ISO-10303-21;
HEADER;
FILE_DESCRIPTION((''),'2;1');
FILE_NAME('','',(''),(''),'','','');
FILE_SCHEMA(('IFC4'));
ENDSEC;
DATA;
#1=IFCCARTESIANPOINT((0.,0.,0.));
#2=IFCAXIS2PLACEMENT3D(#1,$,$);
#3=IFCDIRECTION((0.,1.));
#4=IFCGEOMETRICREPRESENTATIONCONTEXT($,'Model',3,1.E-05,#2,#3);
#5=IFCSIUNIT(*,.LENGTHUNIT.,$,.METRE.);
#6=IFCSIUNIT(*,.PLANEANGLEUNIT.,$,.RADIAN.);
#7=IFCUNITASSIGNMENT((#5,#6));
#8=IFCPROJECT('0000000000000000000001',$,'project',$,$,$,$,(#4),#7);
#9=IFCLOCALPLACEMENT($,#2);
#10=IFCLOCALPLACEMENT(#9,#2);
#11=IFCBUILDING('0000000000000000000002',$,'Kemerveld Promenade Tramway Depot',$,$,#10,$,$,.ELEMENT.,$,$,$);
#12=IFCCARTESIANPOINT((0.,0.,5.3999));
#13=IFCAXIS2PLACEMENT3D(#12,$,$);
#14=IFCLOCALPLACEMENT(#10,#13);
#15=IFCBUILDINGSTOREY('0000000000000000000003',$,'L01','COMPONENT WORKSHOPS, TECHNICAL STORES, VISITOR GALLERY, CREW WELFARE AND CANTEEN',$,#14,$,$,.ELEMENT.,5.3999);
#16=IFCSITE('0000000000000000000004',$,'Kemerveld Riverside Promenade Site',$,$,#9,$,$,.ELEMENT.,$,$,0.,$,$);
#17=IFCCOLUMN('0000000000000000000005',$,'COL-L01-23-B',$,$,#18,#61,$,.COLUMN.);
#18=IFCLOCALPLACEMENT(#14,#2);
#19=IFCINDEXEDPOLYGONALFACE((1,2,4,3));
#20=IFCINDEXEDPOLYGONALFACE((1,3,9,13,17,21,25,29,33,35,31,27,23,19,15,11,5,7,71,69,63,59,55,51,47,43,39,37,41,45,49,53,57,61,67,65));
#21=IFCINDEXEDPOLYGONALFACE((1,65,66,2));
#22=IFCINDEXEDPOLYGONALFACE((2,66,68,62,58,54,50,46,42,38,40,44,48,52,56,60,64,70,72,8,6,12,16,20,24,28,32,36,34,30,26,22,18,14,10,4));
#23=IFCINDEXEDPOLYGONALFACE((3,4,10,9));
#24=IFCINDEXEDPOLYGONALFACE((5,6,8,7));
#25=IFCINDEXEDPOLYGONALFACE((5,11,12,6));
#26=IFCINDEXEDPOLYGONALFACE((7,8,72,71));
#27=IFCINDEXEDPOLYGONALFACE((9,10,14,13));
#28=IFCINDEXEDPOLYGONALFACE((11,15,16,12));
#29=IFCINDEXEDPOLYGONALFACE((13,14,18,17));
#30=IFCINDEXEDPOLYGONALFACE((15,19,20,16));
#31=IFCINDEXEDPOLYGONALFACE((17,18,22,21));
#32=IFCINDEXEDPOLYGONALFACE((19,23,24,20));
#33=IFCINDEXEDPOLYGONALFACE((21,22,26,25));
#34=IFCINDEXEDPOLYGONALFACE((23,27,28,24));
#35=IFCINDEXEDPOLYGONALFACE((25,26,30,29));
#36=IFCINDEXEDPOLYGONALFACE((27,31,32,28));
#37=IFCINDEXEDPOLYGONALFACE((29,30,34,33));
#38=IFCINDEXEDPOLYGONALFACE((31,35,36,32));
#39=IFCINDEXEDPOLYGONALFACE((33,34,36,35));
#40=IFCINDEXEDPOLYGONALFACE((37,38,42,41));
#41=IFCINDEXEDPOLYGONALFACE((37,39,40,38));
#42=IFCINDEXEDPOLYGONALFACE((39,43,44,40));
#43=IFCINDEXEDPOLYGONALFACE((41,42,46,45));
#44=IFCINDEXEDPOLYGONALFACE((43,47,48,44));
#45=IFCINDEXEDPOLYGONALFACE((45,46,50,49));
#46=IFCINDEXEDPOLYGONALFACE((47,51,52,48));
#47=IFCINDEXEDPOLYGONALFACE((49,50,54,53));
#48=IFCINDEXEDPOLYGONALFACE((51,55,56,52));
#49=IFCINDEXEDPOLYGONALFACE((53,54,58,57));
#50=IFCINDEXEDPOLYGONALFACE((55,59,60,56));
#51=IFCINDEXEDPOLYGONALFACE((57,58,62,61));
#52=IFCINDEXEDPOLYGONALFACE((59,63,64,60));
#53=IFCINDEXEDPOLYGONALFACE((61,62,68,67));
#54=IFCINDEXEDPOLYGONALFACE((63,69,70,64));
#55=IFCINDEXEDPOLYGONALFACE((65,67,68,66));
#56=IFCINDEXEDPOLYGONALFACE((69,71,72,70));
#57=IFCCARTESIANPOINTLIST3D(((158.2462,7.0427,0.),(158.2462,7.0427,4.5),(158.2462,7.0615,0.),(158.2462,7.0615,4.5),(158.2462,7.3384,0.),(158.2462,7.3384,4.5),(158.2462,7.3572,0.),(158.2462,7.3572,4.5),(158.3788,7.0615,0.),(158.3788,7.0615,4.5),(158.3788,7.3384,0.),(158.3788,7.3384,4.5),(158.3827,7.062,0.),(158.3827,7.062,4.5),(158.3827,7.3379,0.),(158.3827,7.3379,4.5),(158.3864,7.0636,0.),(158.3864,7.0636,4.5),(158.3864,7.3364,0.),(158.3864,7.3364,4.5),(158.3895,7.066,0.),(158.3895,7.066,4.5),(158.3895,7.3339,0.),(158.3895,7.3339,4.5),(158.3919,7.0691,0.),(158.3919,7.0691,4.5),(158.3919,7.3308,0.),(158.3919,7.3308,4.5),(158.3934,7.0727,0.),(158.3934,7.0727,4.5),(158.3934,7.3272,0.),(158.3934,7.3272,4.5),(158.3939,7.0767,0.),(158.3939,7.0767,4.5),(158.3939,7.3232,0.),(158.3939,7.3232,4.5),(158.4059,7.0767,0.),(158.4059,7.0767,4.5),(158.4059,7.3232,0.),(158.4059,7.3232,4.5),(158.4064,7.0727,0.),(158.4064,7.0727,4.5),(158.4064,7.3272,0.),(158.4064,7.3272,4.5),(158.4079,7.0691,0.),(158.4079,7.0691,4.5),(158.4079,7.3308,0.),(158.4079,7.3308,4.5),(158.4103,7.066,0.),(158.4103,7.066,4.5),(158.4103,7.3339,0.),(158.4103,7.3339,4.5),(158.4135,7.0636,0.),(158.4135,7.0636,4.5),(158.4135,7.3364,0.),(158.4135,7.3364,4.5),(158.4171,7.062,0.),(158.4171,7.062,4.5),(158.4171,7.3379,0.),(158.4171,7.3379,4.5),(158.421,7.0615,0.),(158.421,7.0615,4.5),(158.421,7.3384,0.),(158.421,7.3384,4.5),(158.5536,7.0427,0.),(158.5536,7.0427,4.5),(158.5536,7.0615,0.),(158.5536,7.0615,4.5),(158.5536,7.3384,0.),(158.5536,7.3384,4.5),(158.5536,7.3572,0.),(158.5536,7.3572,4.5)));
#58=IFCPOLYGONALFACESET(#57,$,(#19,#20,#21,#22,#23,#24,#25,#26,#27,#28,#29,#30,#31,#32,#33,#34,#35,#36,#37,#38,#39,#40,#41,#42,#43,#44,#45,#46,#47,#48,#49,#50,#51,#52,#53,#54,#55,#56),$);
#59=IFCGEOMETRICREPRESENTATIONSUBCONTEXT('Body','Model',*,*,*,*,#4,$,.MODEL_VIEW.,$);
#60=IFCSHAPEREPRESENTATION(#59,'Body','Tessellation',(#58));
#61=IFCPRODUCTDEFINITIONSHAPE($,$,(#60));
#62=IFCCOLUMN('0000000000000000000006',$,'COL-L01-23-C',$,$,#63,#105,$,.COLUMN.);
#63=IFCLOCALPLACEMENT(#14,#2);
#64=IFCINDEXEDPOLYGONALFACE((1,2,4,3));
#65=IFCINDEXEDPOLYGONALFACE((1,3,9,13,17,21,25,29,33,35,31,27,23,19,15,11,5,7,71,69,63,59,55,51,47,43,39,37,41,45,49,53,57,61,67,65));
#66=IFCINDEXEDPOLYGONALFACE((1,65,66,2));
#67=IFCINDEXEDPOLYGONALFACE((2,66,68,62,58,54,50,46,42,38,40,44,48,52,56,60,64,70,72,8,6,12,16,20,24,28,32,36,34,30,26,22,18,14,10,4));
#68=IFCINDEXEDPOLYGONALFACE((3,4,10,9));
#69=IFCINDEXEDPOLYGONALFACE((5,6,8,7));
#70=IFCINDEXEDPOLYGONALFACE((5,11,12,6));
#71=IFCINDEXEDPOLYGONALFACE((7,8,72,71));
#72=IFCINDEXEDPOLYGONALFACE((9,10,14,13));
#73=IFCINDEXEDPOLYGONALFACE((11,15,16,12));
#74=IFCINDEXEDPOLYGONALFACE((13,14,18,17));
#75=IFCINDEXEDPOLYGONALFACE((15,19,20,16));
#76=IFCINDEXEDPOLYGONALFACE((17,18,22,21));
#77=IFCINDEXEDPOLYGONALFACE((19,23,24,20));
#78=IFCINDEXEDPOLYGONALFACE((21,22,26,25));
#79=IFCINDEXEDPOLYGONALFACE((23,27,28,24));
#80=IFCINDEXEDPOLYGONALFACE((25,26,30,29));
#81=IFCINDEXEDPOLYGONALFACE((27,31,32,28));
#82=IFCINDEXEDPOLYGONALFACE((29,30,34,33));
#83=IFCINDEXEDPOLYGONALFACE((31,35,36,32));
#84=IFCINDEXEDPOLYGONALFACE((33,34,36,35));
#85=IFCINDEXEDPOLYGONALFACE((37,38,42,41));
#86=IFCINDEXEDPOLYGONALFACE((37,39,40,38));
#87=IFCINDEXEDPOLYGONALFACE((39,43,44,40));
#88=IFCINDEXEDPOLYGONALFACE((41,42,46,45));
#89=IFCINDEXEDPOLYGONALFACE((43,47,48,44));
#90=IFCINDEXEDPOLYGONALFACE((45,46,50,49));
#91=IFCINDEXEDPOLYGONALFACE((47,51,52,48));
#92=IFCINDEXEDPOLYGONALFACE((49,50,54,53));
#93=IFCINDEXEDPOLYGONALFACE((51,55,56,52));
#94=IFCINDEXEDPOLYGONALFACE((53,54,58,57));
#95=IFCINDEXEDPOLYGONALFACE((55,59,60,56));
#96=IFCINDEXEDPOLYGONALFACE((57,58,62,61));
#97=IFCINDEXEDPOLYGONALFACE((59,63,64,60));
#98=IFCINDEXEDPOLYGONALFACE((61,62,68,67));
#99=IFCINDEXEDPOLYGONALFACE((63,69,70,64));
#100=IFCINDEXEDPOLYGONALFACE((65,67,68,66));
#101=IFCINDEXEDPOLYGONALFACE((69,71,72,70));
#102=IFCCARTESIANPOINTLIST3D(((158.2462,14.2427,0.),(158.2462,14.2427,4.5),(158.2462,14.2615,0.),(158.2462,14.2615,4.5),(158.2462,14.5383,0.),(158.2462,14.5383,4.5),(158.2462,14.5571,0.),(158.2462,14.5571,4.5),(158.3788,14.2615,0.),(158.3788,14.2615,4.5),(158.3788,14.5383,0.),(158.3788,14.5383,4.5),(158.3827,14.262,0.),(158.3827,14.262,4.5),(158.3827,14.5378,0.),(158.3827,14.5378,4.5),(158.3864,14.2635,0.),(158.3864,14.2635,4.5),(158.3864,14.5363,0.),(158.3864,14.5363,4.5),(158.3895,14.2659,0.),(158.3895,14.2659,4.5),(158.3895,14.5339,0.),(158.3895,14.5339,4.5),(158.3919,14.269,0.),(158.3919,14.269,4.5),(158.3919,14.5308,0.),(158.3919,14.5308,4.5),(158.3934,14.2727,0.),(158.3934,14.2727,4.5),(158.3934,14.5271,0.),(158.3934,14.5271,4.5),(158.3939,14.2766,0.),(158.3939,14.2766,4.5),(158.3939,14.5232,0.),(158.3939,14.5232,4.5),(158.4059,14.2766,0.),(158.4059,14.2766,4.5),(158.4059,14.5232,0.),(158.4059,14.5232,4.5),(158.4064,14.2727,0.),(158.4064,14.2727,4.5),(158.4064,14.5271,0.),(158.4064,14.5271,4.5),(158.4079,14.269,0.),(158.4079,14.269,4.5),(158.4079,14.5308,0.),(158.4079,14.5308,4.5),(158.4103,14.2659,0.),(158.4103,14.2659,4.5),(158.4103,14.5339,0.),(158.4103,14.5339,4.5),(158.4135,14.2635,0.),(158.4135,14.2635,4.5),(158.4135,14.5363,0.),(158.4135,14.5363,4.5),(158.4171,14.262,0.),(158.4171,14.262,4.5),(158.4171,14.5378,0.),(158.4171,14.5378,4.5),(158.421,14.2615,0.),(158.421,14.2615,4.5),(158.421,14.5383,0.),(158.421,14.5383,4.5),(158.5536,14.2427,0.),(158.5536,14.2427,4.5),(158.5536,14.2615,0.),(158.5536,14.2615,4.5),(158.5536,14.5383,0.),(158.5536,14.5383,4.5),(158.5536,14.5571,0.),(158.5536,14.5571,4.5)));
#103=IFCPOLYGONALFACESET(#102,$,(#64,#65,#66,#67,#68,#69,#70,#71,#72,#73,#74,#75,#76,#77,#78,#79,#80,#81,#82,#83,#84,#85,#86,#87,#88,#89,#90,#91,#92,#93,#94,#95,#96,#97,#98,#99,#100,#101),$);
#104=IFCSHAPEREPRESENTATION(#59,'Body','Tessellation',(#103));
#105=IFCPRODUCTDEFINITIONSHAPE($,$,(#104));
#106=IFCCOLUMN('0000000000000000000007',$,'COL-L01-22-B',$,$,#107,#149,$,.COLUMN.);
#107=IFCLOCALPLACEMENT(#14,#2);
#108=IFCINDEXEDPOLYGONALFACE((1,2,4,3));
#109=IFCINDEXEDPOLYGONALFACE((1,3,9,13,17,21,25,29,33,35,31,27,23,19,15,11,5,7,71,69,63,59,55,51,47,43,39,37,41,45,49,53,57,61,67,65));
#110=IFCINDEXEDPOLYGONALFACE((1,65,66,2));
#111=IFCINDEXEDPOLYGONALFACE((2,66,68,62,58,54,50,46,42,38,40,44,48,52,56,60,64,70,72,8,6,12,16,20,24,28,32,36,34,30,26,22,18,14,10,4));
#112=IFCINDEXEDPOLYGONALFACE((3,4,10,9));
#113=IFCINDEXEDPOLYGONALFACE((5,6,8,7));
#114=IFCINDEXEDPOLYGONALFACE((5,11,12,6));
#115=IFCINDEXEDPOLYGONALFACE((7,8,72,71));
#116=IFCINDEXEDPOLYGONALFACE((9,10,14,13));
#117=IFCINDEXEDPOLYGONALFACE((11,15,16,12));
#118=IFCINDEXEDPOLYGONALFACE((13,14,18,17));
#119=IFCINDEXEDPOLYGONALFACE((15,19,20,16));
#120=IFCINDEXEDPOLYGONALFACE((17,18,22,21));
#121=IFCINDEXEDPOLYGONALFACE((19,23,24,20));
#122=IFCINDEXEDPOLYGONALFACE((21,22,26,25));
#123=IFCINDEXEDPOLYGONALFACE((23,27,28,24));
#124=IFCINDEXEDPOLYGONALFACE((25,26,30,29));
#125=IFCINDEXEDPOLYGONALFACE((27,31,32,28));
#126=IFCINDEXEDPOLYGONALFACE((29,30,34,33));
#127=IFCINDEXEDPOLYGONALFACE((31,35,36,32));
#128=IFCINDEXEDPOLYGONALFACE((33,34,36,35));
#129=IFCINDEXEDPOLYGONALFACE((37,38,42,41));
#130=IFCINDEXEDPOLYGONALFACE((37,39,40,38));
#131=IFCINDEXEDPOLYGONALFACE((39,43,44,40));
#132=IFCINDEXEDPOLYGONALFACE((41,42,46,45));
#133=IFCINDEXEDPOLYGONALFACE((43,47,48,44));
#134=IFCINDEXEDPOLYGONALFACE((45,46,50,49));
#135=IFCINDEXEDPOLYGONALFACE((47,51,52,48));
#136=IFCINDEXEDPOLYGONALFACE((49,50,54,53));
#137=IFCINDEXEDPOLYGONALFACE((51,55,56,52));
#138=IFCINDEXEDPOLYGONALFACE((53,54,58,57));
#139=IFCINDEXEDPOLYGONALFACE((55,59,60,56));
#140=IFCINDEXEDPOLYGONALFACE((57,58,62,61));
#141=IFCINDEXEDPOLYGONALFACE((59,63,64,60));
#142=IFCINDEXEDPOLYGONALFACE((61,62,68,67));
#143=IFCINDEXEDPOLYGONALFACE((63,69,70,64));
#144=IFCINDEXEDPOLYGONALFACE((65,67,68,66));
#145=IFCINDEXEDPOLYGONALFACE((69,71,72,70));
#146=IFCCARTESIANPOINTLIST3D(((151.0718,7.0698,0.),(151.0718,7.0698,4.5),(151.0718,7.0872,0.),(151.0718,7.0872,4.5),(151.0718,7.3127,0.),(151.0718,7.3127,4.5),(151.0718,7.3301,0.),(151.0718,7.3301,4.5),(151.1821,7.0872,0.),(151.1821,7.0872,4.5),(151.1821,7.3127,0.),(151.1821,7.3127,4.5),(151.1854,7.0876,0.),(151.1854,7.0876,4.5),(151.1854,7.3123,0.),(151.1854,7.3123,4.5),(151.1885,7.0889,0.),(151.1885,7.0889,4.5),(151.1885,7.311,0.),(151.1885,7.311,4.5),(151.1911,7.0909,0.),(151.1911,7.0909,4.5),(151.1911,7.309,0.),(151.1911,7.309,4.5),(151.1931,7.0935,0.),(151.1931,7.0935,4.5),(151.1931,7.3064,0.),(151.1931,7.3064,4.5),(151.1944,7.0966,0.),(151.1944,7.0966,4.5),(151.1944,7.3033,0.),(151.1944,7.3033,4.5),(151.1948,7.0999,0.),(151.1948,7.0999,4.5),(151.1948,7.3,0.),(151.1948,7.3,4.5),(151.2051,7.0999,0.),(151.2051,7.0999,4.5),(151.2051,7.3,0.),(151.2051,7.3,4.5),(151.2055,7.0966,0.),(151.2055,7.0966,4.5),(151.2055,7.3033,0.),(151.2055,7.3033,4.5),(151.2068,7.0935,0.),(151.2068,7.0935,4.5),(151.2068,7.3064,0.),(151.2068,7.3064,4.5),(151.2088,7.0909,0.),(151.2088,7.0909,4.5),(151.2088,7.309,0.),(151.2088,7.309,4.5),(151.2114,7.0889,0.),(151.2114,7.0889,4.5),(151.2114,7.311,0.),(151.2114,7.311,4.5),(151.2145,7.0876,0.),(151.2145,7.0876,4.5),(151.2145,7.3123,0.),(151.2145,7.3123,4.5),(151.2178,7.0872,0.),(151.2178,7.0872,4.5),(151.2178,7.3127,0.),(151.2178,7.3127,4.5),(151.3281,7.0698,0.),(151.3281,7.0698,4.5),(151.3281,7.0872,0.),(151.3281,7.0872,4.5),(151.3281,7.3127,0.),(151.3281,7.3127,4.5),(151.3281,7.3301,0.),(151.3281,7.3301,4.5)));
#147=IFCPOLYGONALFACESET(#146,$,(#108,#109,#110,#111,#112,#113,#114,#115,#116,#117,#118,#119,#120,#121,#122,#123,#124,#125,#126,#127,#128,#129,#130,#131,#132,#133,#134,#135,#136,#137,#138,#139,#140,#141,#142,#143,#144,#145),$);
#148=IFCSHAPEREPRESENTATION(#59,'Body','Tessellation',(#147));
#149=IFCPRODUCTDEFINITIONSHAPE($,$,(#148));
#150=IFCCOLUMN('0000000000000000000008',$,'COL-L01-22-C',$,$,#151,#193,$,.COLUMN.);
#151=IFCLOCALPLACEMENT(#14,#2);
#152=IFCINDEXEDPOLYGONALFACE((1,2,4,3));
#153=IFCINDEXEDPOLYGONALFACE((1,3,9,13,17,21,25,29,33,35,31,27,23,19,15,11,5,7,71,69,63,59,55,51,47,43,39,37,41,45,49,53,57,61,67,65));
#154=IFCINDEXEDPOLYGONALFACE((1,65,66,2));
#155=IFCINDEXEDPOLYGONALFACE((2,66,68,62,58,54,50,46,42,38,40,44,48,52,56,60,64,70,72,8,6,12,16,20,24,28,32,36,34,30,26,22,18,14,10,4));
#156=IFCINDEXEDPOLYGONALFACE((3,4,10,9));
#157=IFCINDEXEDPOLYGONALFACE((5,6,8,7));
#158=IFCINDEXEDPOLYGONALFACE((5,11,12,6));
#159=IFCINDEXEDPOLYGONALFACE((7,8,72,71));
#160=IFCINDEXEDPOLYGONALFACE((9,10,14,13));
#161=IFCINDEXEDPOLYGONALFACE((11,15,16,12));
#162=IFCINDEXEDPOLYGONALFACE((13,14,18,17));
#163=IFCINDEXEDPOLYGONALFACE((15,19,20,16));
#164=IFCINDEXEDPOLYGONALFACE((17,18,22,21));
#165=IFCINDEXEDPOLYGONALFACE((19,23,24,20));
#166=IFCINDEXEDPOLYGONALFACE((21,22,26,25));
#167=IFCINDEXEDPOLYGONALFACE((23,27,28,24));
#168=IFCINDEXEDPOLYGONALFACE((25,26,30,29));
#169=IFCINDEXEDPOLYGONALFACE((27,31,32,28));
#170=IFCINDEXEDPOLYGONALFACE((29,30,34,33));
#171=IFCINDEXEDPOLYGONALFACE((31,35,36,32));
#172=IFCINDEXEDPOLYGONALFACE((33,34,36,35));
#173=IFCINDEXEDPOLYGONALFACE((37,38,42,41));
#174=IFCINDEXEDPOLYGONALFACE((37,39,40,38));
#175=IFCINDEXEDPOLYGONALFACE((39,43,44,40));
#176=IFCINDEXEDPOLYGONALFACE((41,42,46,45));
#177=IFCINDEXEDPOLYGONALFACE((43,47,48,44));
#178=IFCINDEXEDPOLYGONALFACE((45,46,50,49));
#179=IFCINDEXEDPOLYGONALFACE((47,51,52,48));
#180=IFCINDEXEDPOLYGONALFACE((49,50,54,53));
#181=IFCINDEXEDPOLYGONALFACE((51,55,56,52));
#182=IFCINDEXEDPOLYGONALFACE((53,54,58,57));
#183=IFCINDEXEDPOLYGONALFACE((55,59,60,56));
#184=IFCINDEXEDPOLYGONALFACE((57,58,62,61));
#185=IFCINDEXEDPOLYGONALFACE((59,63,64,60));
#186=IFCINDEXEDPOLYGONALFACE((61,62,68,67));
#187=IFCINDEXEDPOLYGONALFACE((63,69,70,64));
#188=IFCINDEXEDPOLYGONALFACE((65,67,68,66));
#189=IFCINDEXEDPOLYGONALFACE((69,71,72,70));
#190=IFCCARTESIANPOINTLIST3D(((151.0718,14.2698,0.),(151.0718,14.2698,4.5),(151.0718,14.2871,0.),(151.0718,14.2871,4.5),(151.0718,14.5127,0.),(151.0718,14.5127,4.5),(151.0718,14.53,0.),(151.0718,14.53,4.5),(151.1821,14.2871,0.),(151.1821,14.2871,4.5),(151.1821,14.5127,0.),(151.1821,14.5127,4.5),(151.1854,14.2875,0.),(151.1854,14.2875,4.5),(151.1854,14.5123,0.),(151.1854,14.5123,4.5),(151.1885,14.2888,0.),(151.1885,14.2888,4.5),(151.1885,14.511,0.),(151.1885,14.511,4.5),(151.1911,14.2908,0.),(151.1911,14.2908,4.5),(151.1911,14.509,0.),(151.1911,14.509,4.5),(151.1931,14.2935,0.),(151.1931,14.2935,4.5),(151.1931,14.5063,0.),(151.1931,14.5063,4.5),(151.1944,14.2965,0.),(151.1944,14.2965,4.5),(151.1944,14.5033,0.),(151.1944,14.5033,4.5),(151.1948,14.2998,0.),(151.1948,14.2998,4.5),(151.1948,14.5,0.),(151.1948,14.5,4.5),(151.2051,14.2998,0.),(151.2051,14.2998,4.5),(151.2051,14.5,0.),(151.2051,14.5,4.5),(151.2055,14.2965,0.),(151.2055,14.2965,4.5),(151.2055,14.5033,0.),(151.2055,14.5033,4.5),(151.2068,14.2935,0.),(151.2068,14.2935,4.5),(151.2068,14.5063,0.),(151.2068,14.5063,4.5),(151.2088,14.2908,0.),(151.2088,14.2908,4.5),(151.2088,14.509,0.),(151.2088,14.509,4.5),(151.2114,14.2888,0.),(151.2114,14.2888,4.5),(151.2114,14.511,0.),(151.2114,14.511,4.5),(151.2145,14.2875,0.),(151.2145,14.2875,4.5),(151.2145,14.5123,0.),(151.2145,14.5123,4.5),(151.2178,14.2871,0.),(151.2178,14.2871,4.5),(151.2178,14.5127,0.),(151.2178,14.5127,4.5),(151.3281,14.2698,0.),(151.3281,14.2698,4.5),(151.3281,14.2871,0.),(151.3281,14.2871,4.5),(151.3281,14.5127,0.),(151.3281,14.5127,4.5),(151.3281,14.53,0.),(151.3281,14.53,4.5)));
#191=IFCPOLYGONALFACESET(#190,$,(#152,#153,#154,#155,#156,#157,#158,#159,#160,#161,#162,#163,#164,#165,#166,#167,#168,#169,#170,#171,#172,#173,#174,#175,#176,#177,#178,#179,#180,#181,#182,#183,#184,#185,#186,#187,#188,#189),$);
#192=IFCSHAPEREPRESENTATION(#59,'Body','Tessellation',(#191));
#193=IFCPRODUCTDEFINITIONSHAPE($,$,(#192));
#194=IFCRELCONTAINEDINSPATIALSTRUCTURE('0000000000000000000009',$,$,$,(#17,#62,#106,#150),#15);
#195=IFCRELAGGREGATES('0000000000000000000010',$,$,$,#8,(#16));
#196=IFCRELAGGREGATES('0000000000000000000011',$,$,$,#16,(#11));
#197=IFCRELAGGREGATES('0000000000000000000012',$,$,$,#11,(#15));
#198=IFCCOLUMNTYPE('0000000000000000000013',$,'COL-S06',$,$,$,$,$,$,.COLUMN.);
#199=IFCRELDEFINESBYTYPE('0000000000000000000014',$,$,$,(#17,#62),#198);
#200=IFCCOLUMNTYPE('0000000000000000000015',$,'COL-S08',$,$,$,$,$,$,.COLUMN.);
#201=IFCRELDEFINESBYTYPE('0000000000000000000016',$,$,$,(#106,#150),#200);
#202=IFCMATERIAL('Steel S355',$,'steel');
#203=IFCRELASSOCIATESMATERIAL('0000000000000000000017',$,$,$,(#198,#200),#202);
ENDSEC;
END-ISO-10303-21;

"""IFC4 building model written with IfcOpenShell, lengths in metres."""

from ifc_helpers import new_model, si_unit, direction, frame, origin, origin_2d, place, context, subcontext, project, spatial, i_section, extrude, material, material_profile, profile_set, type_object, element, save


model = new_model("IFC4")

# Units and contexts
model_context = context("Model", 3, precision=1e-05, world=origin(), true_north=direction((0.0, 1.0)))
body_context = subcontext(model_context, "Body", "Model", "MODEL_VIEW")
ifc_project = project(units=[si_unit("LENGTHUNIT", "METRE"), si_unit("PLANEANGLEUNIT", "RADIAN")], contexts=[model_context])

# Site, building, storey
site_placement = place(None, origin())
site = spatial("IfcSite", under=ifc_project, at=site_placement, Name="Kemerveld Riverside Promenade Site", CompositionType="ELEMENT", RefElevation=0.0)
building_placement = place(site_placement, origin())
building = spatial("IfcBuilding", under=site, at=building_placement, Name="Kemerveld Promenade Tramway Depot", CompositionType="ELEMENT")
storey_placement = place(building_placement, frame((0.0, 0.0, 5.3999)))
storey = spatial("IfcBuildingStorey", under=building, at=storey_placement, Name="L01", Description="COMPONENT WORKSHOPS, TECHNICAL STORES, VISITOR GALLERY, CREW WELFARE AND CANTEEN", CompositionType="ELEMENT", Elevation=5.3999)

# Columns
ifc_material_1 = material(Name="Steel S355", Category="steel")
ifc_material_profile_1 = material_profile(ifc_material_1, i_section(OverallWidth=0.3074, OverallDepth=0.3145, WebThickness=0.012, FlangeThickness=0.0188, FilletRadius=0.0151, at=origin_2d()), Name="305x305x118 UC")
ifc_profile_set_1 = profile_set([ifc_material_profile_1], Name="Steel S355")
column_type_1 = type_object("IfcColumnType", Name="COL-S06", PredefinedType="COLUMN", material=ifc_profile_set_1)
for number, where, z_axis, x_axis, name in (
    (1, (158.3999, 7.2, 0.0), (0.0, 0.0, 1.0), (1.0, 0.0, 0.0), "COL-L01-23-B"),
    (2, (158.3999, 14.3999, 0.0), (0.0, 0.0, 1.0), (1.0, 0.0, 0.0), "COL-L01-23-C"),
):
    element("IfcColumn", number, at=place(storey_placement, frame(where, z_axis=z_axis, x_axis=x_axis)), inside=storey, type_object=column_type_1, Name=name, PredefinedType="COLUMN", context=body_context, shape_type="SweptSolid", body=[
        extrude(i_section(OverallWidth=0.3074, OverallDepth=0.3145, WebThickness=0.012, FlangeThickness=0.0188, FilletRadius=0.0151, at=origin_2d()), origin(), (0.0, 0.0, 1.0), 4.5),
    ])
ifc_material_profile_2 = material_profile(ifc_material_1, i_section(OverallWidth=0.2563, OverallDepth=0.2603, WebThickness=0.0103, FlangeThickness=0.0173, FilletRadius=0.0127, at=origin_2d()), Name="254x254x89 UC")
ifc_profile_set_2 = profile_set([ifc_material_profile_2], Name="Steel S355")
column_type_2 = type_object("IfcColumnType", Name="COL-S08", PredefinedType="COLUMN", material=ifc_profile_set_2)
for number, where, z_axis, x_axis, name in (
    (3, (151.2, 7.2, 0.0), (0.0, 0.0, 1.0), (1.0, 0.0, 0.0), "COL-L01-22-B"),
    (4, (151.2, 14.3999, 0.0), (0.0, 0.0, 1.0), (1.0, 0.0, 0.0), "COL-L01-22-C"),
):
    element("IfcColumn", number, at=place(storey_placement, frame(where, z_axis=z_axis, x_axis=x_axis)), inside=storey, type_object=column_type_2, Name=name, PredefinedType="COLUMN", context=body_context, shape_type="SweptSolid", body=[
        extrude(i_section(OverallWidth=0.2563, OverallDepth=0.2603, WebThickness=0.0103, FlangeThickness=0.0173, FilletRadius=0.0127, at=origin_2d()), origin(), (0.0, 0.0, 1.0), 4.5),
    ])

save(model, "model.ifc")
